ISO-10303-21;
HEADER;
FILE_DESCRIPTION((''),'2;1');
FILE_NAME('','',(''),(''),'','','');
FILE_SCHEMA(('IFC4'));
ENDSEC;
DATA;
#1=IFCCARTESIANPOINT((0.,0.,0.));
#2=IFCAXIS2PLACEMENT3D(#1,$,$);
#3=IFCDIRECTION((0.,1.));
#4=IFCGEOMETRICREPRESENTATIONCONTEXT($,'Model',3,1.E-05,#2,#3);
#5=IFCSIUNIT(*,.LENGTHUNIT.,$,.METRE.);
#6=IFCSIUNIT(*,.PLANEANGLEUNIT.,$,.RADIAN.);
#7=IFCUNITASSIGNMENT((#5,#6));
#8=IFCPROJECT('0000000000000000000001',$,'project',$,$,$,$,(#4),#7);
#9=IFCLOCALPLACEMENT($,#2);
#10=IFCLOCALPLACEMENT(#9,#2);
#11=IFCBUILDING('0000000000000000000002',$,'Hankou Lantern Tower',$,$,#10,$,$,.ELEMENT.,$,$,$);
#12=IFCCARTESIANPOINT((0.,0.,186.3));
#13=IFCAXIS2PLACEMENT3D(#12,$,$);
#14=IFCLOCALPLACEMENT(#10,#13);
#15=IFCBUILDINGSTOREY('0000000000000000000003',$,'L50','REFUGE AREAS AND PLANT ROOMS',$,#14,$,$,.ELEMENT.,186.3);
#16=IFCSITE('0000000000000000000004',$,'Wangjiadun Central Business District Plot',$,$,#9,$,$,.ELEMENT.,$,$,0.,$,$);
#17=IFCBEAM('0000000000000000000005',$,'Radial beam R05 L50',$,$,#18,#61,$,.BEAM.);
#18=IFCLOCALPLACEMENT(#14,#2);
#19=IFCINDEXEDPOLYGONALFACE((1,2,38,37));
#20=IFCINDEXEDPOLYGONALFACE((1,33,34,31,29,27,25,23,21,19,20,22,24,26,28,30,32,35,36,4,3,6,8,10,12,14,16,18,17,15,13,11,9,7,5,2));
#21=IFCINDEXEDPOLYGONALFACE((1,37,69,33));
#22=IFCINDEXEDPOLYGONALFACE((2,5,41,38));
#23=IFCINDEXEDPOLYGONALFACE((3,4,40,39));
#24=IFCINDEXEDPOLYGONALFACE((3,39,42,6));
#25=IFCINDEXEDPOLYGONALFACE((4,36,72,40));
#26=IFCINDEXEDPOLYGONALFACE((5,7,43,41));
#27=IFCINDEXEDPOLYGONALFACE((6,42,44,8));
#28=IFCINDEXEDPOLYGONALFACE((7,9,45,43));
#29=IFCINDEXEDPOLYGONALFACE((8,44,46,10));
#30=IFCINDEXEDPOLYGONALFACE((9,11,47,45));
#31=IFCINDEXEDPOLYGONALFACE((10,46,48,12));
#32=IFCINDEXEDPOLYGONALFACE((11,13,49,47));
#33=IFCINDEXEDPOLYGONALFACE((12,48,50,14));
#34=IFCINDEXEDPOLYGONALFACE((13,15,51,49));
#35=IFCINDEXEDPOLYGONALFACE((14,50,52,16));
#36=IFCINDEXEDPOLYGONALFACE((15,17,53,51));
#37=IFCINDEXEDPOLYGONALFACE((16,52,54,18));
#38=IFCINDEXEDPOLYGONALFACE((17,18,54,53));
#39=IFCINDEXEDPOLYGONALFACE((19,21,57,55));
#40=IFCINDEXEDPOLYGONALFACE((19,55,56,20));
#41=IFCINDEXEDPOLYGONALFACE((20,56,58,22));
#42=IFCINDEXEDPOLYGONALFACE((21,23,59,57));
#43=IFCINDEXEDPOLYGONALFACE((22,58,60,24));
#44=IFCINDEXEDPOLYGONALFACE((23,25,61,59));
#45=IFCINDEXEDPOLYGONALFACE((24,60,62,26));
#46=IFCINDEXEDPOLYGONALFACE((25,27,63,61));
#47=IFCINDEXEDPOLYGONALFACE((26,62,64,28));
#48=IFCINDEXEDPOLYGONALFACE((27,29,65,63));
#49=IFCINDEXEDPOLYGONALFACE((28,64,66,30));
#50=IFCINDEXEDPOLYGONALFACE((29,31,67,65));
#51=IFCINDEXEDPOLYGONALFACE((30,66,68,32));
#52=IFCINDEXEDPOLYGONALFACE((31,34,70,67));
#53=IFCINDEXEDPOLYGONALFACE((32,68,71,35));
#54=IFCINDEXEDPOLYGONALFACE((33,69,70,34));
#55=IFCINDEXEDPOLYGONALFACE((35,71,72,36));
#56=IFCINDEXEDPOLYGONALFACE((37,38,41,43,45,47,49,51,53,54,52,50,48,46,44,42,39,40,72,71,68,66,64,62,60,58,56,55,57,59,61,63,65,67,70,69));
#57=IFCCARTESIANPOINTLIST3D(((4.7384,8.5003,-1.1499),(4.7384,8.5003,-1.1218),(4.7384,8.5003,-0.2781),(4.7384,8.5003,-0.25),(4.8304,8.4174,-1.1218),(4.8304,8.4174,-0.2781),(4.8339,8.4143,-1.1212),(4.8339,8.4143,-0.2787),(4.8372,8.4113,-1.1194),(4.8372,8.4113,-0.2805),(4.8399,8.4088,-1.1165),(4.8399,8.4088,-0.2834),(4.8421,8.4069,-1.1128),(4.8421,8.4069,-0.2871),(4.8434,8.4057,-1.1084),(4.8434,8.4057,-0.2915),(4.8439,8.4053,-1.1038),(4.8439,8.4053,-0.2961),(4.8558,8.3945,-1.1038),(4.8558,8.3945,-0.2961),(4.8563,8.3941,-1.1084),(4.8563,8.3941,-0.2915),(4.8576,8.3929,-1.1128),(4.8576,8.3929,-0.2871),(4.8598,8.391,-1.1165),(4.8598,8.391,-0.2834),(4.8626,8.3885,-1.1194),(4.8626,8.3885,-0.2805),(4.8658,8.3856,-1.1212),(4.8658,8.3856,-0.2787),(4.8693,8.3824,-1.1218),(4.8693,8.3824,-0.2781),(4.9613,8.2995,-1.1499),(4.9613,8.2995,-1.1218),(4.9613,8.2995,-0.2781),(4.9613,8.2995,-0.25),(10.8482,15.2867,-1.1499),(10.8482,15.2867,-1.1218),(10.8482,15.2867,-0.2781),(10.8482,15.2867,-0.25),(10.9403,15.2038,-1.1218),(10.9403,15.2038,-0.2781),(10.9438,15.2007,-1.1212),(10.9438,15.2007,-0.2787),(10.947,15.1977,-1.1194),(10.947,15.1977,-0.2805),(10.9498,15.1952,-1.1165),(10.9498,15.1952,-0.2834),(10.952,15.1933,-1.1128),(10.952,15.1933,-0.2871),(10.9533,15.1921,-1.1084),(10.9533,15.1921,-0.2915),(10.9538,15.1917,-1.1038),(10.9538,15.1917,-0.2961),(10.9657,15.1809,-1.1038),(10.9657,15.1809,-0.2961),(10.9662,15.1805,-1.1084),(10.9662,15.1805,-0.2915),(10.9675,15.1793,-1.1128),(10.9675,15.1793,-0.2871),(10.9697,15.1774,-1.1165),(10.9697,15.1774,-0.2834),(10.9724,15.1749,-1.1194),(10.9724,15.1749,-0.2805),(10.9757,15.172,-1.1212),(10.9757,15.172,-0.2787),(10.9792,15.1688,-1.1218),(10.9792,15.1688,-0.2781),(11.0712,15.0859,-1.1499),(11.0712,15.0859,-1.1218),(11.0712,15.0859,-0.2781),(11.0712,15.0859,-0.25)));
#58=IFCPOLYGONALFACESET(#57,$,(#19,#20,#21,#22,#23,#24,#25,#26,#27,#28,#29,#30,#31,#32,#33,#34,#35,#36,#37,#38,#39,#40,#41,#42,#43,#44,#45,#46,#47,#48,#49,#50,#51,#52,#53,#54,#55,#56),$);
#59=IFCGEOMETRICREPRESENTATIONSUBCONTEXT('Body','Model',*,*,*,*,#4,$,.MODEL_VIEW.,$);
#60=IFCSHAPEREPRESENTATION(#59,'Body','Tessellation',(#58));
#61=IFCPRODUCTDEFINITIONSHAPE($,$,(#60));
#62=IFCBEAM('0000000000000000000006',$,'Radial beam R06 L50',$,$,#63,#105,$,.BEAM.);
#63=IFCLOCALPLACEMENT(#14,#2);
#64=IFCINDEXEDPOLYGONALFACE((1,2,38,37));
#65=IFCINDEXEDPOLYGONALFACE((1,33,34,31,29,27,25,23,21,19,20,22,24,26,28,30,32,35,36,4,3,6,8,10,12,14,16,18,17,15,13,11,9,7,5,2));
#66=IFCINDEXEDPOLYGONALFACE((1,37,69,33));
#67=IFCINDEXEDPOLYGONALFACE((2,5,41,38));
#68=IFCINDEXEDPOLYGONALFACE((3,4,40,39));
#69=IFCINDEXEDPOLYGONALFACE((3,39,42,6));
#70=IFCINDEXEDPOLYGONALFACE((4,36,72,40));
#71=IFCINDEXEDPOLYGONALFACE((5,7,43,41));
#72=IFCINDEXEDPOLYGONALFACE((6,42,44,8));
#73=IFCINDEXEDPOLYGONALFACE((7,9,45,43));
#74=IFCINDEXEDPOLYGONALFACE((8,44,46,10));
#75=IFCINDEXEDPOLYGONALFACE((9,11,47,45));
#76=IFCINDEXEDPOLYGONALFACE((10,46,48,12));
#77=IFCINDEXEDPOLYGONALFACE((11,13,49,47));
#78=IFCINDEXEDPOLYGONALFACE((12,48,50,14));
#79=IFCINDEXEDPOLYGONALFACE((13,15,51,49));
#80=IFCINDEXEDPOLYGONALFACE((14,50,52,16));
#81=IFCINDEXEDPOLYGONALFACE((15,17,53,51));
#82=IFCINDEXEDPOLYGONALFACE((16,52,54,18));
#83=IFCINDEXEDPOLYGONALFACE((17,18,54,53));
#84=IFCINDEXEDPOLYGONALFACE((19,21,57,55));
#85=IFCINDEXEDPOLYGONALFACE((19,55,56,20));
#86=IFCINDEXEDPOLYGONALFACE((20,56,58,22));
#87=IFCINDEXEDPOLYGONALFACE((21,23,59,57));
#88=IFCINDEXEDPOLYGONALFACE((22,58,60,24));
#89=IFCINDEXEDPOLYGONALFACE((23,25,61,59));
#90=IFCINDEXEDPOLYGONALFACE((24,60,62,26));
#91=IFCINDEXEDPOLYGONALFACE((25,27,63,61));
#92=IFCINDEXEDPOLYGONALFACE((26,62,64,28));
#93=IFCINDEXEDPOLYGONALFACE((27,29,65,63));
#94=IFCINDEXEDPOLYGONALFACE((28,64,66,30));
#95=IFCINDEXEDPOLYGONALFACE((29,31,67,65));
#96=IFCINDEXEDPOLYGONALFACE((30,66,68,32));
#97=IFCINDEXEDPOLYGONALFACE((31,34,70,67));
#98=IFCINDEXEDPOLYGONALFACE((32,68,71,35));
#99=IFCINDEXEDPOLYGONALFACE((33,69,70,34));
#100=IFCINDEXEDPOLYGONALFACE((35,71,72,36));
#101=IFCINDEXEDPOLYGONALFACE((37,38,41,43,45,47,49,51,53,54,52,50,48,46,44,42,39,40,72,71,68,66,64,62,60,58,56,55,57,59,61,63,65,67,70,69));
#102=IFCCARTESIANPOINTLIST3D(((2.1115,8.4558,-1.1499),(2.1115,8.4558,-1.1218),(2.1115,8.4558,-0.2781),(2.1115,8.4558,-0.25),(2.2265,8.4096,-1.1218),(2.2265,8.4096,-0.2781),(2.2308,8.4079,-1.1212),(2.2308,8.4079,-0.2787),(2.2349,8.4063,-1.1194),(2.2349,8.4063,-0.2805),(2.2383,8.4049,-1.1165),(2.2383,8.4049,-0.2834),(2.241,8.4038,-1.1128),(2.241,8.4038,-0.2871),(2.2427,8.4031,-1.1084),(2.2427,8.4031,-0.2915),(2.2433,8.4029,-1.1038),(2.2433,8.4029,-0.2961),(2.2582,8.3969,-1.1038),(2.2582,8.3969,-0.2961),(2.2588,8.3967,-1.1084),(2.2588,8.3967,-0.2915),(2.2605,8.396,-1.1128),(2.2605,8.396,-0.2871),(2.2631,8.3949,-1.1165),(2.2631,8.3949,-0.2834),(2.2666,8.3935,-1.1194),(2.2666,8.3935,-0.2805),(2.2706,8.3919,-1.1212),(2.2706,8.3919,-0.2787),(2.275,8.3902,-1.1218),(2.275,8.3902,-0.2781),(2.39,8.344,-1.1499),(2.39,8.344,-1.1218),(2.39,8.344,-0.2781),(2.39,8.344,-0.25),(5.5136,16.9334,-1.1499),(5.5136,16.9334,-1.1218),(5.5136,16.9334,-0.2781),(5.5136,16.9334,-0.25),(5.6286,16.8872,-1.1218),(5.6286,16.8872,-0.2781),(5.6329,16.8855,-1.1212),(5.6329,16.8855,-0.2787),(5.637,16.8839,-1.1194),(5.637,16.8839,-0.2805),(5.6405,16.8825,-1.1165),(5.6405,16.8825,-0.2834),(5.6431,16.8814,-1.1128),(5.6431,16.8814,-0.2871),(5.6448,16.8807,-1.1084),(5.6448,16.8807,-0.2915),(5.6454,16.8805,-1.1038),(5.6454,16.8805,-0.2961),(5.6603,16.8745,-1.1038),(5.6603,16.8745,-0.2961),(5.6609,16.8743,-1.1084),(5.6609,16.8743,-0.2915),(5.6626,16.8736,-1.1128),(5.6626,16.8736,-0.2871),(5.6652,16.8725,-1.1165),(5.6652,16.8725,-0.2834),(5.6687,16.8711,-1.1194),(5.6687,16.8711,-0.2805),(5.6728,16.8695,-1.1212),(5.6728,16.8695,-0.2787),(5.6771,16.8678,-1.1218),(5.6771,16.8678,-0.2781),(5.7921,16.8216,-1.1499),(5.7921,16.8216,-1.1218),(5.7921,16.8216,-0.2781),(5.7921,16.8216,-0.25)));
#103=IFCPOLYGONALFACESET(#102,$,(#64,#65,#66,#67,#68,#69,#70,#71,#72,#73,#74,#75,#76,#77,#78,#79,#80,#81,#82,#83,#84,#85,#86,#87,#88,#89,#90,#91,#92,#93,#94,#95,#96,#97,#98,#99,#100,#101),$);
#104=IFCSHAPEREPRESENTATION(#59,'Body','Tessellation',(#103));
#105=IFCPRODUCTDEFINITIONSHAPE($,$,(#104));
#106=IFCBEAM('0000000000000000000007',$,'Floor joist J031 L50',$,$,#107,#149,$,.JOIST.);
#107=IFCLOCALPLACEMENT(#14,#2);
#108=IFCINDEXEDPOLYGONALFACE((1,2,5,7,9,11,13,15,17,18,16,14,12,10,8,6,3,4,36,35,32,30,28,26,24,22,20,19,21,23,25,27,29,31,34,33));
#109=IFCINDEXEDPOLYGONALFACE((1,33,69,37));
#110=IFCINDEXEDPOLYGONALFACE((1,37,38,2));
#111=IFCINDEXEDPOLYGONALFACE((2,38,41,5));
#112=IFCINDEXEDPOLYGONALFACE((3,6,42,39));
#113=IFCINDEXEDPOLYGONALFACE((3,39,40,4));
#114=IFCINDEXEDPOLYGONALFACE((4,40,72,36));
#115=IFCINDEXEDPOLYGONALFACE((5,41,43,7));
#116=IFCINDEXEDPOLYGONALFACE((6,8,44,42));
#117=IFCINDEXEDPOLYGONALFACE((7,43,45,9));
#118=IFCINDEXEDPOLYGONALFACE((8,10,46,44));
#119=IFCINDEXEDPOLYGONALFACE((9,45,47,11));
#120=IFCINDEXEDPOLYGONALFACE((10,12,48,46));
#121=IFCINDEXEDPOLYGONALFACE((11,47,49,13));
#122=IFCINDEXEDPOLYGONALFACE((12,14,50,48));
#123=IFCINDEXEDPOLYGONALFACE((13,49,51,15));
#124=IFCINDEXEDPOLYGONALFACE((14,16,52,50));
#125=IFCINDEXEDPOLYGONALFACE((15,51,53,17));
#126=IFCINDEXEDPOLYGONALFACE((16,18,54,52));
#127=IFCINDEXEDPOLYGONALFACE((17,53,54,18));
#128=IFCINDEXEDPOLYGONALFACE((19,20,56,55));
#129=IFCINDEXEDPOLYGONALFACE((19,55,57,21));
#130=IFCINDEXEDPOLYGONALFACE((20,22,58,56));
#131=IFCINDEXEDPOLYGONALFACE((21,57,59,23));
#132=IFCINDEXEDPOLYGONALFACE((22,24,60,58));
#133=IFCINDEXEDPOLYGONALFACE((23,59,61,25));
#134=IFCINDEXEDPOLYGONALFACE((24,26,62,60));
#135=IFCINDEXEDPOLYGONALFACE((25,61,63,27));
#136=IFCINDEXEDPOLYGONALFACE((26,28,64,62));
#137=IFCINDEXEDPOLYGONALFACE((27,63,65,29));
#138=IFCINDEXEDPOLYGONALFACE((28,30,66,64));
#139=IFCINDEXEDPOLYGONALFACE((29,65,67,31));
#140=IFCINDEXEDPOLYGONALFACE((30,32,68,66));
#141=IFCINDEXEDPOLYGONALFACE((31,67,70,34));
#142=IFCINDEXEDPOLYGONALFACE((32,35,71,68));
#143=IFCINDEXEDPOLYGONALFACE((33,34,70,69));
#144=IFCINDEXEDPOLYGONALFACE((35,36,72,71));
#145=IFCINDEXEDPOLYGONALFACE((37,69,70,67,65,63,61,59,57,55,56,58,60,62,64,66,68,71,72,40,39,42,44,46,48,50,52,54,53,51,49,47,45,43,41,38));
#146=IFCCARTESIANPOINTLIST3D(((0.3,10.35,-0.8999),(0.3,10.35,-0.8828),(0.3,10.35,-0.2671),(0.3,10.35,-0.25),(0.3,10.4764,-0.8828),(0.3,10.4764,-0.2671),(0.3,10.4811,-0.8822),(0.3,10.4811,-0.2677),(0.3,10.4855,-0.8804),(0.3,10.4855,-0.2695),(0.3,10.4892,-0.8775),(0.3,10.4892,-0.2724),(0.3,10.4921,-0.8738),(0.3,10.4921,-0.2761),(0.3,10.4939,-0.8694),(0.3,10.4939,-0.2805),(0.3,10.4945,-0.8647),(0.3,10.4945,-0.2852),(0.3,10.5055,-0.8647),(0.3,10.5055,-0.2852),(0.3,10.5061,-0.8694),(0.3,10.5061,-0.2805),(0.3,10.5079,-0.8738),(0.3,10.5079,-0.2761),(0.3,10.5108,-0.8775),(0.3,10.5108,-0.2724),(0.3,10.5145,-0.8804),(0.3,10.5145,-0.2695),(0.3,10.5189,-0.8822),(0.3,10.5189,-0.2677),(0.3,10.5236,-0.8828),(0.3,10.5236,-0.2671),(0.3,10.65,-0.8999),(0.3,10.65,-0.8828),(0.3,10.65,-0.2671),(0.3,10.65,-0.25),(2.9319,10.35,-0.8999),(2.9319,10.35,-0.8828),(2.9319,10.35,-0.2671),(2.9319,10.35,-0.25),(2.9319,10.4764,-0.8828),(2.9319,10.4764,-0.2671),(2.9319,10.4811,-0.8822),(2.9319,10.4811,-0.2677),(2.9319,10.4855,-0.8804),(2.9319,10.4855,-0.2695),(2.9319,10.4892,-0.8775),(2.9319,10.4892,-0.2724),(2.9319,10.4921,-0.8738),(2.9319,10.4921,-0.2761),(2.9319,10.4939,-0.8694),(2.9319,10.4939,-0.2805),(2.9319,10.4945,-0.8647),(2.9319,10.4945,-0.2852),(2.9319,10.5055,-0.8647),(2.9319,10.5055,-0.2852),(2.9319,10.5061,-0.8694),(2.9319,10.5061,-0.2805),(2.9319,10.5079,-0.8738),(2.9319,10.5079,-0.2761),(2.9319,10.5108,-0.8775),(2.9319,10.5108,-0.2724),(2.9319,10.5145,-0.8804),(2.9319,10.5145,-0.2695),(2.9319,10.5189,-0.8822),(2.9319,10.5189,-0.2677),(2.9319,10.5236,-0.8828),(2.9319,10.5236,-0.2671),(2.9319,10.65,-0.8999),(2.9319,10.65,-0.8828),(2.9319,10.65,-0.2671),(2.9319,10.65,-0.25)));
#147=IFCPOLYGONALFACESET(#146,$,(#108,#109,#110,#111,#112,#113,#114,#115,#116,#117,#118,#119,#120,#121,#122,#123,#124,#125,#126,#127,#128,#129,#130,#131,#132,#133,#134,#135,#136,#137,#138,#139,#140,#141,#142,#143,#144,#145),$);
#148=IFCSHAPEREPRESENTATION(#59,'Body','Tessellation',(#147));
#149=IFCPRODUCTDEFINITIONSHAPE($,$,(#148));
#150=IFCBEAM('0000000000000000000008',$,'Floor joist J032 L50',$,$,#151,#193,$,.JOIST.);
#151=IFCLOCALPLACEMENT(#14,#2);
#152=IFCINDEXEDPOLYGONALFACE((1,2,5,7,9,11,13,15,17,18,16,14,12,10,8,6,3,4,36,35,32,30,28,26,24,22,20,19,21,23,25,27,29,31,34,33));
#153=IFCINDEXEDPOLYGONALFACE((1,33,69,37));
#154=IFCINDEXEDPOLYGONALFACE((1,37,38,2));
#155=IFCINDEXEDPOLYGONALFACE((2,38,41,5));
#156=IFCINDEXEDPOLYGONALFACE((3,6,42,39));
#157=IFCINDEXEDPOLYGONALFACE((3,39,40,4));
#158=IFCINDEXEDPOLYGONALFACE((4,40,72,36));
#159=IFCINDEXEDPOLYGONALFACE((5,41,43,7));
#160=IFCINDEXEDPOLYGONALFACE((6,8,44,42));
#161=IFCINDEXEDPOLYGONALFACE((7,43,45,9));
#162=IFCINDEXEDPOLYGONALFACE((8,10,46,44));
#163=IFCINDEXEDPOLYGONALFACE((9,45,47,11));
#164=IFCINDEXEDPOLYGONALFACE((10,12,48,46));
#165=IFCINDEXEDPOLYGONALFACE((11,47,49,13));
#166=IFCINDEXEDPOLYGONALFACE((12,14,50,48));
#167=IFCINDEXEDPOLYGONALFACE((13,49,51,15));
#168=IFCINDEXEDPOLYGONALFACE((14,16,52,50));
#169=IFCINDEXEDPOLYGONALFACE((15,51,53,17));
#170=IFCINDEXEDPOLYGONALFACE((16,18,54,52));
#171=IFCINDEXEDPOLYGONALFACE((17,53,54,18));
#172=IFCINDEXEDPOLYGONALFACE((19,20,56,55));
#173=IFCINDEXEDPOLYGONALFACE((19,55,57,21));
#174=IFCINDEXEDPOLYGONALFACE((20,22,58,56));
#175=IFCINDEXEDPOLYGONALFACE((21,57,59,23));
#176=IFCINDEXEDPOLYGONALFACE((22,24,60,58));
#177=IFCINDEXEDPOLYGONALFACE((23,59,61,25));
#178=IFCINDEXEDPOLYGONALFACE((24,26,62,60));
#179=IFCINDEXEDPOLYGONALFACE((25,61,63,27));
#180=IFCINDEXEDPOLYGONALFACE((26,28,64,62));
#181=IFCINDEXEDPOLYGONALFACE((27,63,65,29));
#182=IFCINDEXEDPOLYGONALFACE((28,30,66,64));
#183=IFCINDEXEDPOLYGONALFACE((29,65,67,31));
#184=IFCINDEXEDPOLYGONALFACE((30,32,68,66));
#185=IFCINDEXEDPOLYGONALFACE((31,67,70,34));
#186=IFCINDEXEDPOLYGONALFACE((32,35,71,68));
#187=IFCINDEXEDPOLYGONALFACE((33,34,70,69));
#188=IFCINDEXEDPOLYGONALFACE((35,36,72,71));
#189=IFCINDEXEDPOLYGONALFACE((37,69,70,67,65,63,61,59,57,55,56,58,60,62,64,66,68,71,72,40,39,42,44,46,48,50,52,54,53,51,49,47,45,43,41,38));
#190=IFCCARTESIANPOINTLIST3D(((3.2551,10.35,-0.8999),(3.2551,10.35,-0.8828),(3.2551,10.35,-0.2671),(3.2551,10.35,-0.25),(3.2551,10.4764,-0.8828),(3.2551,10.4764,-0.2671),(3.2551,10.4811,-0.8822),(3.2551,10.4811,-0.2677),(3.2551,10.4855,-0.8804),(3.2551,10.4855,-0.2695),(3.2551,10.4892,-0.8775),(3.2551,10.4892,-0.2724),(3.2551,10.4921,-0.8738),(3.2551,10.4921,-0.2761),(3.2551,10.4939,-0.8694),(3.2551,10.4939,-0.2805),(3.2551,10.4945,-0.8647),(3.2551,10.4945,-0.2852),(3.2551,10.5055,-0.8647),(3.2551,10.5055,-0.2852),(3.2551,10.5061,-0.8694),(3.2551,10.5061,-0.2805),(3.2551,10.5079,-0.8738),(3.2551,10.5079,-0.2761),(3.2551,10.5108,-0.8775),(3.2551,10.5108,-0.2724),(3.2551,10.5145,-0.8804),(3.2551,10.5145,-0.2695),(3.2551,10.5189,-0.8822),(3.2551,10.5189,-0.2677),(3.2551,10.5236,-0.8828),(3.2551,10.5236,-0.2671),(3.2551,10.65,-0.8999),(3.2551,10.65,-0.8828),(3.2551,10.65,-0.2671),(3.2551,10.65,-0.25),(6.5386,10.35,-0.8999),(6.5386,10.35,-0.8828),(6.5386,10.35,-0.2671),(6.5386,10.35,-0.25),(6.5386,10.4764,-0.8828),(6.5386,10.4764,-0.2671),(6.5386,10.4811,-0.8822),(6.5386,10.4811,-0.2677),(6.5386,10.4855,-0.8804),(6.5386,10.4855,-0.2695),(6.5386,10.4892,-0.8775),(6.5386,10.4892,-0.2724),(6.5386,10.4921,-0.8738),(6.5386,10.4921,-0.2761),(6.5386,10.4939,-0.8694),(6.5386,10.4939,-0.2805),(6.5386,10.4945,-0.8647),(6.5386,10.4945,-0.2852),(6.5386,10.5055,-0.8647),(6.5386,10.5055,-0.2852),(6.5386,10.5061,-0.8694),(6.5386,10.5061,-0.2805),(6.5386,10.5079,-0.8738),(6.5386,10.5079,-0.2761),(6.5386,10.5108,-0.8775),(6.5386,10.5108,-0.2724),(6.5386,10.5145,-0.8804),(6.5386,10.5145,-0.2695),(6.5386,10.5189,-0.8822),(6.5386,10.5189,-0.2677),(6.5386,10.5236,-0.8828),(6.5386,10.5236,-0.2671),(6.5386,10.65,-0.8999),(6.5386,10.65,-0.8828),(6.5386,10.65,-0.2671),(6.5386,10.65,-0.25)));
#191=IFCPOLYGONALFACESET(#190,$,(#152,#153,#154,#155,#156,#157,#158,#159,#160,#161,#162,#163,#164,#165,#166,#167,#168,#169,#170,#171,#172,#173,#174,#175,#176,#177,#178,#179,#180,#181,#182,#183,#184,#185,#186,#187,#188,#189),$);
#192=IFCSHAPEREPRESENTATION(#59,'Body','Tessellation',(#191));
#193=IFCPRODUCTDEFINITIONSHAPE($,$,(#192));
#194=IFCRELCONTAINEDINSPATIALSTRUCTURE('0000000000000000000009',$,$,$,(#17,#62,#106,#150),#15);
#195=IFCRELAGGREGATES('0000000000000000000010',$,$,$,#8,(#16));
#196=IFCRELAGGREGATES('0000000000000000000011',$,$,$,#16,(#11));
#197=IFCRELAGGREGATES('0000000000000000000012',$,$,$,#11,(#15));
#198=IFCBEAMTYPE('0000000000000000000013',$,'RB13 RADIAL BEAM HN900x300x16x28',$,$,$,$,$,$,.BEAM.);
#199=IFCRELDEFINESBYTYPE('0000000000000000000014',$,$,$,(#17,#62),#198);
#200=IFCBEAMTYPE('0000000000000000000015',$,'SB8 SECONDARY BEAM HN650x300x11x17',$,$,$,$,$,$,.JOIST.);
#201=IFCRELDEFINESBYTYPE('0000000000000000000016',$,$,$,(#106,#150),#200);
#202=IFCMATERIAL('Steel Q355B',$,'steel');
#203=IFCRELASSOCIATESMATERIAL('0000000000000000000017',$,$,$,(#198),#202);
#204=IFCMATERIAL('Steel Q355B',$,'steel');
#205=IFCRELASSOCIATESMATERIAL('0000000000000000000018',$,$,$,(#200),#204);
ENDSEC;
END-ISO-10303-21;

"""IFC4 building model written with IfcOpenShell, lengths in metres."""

from ifc_helpers import new_model, si_unit, direction, frame, origin, origin_2d, place, context, subcontext, project, spatial, i_section, extrude, material, material_profile, profile_set, type_object, element, save


model = new_model("IFC4")

# Units and contexts
model_context = context("Model", 3, precision=1e-05, world=origin(), true_north=direction((0.0, 1.0)))
body_context = subcontext(model_context, "Body", "Model", "MODEL_VIEW")
ifc_project = project(units=[si_unit("LENGTHUNIT", "METRE"), si_unit("PLANEANGLEUNIT", "RADIAN")], contexts=[model_context])

# Site, building, storey
site_placement = place(None, origin())
site = spatial("IfcSite", under=ifc_project, at=site_placement, Name="Wangjiadun Central Business District Plot", CompositionType="ELEMENT", RefElevation=0.0)
building_placement = place(site_placement, origin())
building = spatial("IfcBuilding", under=site, at=building_placement, Name="Hankou Lantern Tower", CompositionType="ELEMENT")
storey_placement = place(building_placement, frame((0.0, 0.0, 186.3)))
storey = spatial("IfcBuildingStorey", under=building, at=storey_placement, Name="L50", Description="REFUGE AREAS AND PLANT ROOMS", CompositionType="ELEMENT", Elevation=186.3)

# Beams
ifc_material_1 = material(Name="Steel Q355B", Category="steel")
ifc_material_profile_1 = material_profile(ifc_material_1, i_section(OverallWidth=0.3, OverallDepth=0.8999, WebThickness=0.0161, FlangeThickness=0.0281, FilletRadius=0.0181, at=origin_2d()), Name="HN900x300x16x28")
ifc_profile_set_1 = profile_set([ifc_material_profile_1], Name="Steel Q355B")
beam_type_1 = type_object("IfcBeamType", Name="RB13 RADIAL BEAM HN900x300x16x28", PredefinedType="BEAM", material=ifc_profile_set_1)
beam_1_placement = place(storey_placement, frame((4.8499, 8.3999, -0.7), z_axis=(0.669093, 0.743178, 0.0), x_axis=(-0.743178, 0.669093, 0.0)))
element("IfcBeam", 1, at=beam_1_placement, inside=storey, type_object=beam_type_1, Name="Radial beam R05 L50", PredefinedType="BEAM", context=body_context, shape_type="SweptSolid", body=[
    extrude(i_section(OverallWidth=0.3, OverallDepth=0.8999, WebThickness=0.0161, FlangeThickness=0.0281, FilletRadius=0.0181, at=origin_2d()), origin(), (0.0, 0.0, 1.0), 9.1316),
])
beam_2_placement = place(storey_placement, frame((2.2507, 8.3999, -0.7), z_axis=(0.372436, 0.928058, 0.0), x_axis=(-0.928058, 0.372436, 0.0)))
element("IfcBeam", 2, at=beam_2_placement, inside=storey, type_object=beam_type_1, Name="Radial beam R06 L50", PredefinedType="BEAM", context=body_context, shape_type="SweptSolid", body=[
    extrude(i_section(OverallWidth=0.3, OverallDepth=0.8999, WebThickness=0.0161, FlangeThickness=0.0281, FilletRadius=0.0181, at=origin_2d()), origin(), (0.0, 0.0, 1.0), 9.1348),
])
ifc_material_2 = material(Name="Steel Q355B", Category="steel")
ifc_material_profile_2 = material_profile(ifc_material_2, i_section(OverallWidth=0.3, OverallDepth=0.6499, WebThickness=0.011, FlangeThickness=0.0171, FilletRadius=0.0181, at=origin_2d()), Name="HN650x300x11x17")
ifc_profile_set_2 = profile_set([ifc_material_profile_2], Name="Steel Q355B")
beam_type_2 = type_object("IfcBeamType", Name="SB8 SECONDARY BEAM HN650x300x11x17", PredefinedType="JOIST", material=ifc_profile_set_2)
beam_3_placement = place(storey_placement, frame((0.3, 10.5, -0.575), z_axis=(1.0, 0.0, 0.0), x_axis=(0.0, 1.0, 0.0)))
element("IfcBeam", 3, at=beam_3_placement, inside=storey, type_object=beam_type_2, Name="Floor joist J031 L50", PredefinedType="JOIST", context=body_context, shape_type="SweptSolid", body=[
    extrude(i_section(OverallWidth=0.3, OverallDepth=0.6499, WebThickness=0.011, FlangeThickness=0.0171, FilletRadius=0.0181, at=origin_2d()), origin(), (0.0, 0.0, 1.0), 2.6318),
])
beam_4_placement = place(storey_placement, frame((3.2551, 10.5, -0.575), z_axis=(1.0, 0.0, 0.0), x_axis=(0.0, 1.0, 0.0)))
element("IfcBeam", 4, at=beam_4_placement, inside=storey, type_object=beam_type_2, Name="Floor joist J032 L50", PredefinedType="JOIST", context=body_context, shape_type="SweptSolid", body=[
    extrude(i_section(OverallWidth=0.3, OverallDepth=0.6499, WebThickness=0.011, FlangeThickness=0.0171, FilletRadius=0.0181, at=origin_2d()), origin(), (0.0, 0.0, 1.0), 3.2834),
])

save(model, "model.ifc")
